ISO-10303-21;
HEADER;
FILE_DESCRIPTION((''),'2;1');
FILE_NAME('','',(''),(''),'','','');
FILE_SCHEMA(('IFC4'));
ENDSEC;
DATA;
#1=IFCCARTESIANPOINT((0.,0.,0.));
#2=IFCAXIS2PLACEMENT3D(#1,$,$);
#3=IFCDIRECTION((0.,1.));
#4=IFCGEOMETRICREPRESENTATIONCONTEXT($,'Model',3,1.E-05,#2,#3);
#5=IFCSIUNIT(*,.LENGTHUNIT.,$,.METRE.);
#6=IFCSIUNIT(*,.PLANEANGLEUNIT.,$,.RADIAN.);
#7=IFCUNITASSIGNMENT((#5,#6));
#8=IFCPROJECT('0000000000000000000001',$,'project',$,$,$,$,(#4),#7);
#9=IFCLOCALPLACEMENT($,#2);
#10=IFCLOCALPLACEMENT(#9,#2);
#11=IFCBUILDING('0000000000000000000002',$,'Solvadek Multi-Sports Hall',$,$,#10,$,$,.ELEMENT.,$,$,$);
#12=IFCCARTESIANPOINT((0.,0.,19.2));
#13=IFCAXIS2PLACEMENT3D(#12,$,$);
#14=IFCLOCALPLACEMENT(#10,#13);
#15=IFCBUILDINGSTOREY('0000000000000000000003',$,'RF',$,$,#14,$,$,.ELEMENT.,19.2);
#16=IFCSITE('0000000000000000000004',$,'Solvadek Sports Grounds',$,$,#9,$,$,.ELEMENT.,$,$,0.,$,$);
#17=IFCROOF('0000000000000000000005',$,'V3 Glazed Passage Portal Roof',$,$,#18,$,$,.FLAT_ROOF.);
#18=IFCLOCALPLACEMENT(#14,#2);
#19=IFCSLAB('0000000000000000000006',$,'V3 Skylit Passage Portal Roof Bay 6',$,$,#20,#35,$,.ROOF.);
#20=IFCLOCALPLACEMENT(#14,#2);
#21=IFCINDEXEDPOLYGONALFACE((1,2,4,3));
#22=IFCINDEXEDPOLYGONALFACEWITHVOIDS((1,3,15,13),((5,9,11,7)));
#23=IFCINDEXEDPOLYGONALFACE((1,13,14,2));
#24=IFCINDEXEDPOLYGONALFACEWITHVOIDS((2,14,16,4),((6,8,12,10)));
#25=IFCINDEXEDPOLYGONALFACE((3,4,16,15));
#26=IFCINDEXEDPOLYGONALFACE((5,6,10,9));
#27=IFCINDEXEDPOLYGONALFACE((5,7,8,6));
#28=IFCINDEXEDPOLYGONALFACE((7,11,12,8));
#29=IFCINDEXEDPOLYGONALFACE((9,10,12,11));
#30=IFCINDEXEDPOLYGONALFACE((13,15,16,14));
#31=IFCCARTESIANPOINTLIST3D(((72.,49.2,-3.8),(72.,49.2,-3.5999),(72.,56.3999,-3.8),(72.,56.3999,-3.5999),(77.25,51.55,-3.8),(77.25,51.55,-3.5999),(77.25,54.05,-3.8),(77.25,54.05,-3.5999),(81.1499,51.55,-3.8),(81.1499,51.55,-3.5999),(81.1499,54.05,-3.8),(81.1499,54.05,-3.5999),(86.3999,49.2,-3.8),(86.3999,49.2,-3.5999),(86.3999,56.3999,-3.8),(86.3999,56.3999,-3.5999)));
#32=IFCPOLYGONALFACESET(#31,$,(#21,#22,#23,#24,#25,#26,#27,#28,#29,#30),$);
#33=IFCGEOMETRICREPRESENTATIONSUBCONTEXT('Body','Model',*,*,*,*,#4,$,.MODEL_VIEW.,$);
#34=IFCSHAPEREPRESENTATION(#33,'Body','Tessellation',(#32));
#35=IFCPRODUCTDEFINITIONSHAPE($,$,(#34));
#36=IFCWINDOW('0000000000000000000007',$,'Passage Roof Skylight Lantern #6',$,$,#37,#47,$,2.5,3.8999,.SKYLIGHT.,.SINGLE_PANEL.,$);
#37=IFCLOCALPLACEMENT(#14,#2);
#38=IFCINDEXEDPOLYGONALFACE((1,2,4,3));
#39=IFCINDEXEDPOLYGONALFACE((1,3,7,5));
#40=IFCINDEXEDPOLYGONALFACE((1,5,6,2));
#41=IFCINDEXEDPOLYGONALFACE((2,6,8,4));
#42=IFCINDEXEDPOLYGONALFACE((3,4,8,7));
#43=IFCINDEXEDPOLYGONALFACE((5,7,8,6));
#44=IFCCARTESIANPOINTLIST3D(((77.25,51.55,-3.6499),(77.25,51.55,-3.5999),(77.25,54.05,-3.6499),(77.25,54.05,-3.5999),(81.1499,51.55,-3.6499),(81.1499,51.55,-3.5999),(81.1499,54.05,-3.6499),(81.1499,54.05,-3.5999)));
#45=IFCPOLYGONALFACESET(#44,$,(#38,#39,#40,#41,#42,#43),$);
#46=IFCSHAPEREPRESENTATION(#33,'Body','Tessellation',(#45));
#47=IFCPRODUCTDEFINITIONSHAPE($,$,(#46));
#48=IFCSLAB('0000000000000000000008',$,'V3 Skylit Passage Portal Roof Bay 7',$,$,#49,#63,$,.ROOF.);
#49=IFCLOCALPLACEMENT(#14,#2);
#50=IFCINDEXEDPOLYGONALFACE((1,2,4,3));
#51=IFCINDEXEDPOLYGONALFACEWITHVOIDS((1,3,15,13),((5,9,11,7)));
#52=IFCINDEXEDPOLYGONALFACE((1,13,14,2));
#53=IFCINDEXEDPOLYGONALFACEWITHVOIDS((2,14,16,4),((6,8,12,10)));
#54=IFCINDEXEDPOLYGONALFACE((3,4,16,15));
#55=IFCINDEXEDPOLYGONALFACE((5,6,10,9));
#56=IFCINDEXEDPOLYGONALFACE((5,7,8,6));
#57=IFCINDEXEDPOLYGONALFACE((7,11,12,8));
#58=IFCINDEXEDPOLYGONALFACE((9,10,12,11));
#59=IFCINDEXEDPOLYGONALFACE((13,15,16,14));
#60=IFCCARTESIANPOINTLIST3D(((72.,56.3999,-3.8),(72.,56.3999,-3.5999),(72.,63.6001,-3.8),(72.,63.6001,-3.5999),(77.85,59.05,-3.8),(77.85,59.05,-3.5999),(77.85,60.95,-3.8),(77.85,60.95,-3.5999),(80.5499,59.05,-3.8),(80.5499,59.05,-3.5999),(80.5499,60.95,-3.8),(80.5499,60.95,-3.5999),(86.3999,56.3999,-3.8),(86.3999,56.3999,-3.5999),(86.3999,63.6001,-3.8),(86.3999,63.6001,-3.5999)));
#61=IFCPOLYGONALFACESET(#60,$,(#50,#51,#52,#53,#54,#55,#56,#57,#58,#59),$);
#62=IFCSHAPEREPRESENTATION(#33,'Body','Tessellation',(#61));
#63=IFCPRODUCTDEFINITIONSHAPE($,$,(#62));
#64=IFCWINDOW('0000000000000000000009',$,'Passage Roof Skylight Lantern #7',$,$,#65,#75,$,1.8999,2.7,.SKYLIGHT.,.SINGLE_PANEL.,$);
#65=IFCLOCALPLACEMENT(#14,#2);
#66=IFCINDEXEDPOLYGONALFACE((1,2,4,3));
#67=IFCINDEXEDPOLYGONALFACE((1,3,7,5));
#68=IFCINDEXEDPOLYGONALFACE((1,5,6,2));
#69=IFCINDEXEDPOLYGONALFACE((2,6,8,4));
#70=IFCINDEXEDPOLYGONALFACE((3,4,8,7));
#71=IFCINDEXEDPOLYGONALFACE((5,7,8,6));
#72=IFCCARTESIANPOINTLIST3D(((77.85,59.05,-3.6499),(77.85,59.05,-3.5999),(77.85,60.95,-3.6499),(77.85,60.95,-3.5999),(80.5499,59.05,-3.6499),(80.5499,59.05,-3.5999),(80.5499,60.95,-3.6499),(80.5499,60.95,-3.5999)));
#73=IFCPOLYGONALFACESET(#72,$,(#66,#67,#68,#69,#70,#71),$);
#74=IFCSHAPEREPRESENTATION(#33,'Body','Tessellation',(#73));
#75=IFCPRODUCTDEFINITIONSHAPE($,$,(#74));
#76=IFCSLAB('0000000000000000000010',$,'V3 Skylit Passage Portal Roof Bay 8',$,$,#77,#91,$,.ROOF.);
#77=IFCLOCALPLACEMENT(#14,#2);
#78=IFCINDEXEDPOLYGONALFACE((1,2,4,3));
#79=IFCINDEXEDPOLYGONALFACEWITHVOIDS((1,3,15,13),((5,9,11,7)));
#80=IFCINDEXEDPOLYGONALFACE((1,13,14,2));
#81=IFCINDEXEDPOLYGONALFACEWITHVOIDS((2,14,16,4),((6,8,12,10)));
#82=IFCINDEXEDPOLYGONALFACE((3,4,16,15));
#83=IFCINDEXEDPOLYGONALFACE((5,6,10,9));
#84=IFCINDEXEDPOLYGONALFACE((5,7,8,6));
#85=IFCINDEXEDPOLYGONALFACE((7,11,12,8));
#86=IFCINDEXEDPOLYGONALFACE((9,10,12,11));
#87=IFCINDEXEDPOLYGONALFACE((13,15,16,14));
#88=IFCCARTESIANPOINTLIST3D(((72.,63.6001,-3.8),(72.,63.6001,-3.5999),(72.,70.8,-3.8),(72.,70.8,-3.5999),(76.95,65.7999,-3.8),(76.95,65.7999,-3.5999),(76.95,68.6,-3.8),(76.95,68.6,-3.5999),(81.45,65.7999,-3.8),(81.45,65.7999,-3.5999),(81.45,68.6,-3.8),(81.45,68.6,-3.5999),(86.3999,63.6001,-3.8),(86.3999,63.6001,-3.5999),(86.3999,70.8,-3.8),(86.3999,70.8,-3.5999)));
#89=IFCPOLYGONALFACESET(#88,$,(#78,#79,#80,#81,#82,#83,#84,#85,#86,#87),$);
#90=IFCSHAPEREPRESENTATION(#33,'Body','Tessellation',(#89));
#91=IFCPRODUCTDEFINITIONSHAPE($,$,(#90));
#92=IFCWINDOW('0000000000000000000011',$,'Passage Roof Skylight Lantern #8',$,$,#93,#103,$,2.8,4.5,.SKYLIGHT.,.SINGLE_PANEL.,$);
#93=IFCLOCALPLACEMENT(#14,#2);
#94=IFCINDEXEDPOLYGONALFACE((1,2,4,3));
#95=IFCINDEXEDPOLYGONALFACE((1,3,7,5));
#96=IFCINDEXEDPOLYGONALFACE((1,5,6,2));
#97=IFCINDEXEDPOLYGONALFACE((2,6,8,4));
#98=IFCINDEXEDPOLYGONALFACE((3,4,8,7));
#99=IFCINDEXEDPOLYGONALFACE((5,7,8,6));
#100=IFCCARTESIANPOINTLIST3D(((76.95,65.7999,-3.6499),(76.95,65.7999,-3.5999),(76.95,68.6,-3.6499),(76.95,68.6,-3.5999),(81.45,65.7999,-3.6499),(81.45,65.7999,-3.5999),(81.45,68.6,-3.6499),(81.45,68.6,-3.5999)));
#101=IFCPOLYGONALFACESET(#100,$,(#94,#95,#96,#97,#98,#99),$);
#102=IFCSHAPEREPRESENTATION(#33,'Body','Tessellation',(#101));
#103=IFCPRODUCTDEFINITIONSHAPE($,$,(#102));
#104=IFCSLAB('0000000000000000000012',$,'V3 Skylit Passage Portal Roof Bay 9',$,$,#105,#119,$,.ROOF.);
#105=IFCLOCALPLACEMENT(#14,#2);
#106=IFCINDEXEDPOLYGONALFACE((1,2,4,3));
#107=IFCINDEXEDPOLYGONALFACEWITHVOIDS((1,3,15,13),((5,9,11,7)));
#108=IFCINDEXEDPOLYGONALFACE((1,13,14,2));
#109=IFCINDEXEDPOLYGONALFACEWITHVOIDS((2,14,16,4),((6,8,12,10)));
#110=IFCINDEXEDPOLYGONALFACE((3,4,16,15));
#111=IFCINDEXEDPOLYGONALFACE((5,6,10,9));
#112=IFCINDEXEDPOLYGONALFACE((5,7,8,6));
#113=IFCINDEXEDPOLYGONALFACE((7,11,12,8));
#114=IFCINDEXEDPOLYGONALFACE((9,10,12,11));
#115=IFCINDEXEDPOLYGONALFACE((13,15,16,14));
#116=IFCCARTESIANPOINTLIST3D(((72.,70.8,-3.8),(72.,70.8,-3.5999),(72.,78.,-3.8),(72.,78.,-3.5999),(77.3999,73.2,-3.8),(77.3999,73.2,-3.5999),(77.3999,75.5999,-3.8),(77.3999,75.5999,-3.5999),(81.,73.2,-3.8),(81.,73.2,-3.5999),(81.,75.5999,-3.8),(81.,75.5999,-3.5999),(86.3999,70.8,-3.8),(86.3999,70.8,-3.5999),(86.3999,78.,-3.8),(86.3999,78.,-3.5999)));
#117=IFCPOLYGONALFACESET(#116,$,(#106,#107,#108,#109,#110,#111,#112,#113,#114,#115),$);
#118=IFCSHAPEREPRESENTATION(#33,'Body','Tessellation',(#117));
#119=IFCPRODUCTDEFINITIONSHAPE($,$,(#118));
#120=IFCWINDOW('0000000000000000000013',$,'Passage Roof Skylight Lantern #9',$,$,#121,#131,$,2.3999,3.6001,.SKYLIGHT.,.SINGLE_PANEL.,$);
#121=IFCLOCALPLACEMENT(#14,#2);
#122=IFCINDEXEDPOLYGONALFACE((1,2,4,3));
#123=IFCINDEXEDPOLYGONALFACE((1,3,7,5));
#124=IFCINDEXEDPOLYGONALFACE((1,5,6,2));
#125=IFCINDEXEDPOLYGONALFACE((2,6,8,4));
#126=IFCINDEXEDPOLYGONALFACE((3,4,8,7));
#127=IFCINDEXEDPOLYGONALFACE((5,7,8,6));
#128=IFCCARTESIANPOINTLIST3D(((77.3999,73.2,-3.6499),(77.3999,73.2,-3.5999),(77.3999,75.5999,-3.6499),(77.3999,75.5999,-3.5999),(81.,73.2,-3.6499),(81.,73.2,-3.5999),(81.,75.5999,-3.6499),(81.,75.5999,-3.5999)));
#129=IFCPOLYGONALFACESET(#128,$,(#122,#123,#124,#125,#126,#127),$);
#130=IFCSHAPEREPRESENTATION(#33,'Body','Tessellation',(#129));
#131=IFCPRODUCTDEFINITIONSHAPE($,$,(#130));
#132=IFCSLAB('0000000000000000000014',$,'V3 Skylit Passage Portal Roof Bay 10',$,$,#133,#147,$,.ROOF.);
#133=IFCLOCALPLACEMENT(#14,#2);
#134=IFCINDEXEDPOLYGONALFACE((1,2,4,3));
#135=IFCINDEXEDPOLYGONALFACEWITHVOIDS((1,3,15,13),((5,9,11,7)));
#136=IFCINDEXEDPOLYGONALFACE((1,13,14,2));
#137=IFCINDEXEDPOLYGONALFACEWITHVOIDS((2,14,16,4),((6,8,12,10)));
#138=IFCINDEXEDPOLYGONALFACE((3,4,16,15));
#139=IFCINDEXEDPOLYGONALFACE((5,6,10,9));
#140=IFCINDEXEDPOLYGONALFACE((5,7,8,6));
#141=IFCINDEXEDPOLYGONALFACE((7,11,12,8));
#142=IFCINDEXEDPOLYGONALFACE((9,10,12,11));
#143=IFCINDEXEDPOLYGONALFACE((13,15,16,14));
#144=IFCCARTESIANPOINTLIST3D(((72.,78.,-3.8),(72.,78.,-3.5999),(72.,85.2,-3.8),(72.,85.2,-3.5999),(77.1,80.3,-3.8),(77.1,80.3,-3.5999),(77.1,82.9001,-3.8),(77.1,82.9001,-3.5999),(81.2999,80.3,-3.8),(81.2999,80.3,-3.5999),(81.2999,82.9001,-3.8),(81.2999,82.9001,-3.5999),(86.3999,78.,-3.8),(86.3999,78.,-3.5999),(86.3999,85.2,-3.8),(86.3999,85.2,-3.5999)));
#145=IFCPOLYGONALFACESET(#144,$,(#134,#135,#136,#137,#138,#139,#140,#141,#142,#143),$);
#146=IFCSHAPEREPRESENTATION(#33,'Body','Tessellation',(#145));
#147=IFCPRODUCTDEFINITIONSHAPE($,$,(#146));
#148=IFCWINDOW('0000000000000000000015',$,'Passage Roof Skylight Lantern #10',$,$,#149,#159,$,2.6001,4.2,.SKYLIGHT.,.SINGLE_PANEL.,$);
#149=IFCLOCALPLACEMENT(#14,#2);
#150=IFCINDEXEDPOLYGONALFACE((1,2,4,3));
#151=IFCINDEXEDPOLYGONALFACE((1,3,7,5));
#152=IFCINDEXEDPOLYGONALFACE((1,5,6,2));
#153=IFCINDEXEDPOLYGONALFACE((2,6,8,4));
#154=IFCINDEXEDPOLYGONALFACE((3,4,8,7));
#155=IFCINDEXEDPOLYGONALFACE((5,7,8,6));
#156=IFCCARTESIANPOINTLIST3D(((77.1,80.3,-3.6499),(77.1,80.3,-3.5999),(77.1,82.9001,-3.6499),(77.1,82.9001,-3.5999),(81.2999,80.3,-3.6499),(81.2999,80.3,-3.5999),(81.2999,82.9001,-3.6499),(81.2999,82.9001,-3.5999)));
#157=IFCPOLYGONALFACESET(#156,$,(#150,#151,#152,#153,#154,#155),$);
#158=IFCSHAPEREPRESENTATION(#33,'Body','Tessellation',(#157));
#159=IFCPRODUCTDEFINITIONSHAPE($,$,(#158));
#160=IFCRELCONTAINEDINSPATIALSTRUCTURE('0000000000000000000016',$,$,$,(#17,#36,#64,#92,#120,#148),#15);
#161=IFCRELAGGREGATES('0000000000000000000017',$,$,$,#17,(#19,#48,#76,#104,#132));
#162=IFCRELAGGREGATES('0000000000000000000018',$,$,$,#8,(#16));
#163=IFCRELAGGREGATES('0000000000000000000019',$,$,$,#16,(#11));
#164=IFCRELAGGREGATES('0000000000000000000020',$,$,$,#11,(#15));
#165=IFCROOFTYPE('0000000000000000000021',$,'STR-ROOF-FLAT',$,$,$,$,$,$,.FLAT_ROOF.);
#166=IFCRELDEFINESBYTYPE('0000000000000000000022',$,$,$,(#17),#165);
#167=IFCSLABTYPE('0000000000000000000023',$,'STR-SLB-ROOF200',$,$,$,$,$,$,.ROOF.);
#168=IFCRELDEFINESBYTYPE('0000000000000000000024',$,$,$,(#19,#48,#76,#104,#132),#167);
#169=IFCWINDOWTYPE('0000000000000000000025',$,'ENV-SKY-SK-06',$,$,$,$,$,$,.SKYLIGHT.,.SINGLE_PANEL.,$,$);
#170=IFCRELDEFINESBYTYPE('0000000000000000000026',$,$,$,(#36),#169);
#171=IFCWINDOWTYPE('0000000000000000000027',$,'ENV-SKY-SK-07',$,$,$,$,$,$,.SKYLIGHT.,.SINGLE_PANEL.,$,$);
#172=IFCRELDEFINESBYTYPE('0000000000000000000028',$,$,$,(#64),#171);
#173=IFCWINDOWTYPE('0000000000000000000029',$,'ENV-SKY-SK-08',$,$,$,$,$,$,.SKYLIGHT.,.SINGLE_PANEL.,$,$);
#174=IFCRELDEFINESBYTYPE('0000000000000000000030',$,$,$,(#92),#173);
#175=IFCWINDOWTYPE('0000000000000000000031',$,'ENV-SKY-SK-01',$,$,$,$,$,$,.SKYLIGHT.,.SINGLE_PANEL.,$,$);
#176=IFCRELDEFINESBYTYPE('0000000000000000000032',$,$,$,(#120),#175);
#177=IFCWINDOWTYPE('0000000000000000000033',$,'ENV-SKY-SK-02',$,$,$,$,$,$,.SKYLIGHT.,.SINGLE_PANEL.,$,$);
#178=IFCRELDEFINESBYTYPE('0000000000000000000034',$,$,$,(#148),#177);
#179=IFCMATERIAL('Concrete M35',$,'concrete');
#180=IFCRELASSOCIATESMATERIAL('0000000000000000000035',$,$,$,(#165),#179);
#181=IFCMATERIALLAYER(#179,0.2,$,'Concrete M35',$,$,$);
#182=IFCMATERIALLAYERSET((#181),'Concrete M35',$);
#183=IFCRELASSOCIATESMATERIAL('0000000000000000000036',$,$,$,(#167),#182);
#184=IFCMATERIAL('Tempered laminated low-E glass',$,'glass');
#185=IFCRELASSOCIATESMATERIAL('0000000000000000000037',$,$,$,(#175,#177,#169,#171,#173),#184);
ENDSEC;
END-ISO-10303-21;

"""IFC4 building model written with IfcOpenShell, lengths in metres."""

from ifc_helpers import new_model, si_unit, direction, frame, origin, origin_2d, place, context, subcontext, project, spatial, polyline, rectangle, outline, extrude, material, layer, layer_set, type_object, element, fill, aggregate, save


model = new_model("IFC4")

# Units and contexts
model_context = context("Model", 3, precision=1e-05, world=origin(), true_north=direction((0.0, 1.0)))
body_context = subcontext(model_context, "Body", "Model", "MODEL_VIEW")
ifc_project = project(units=[si_unit("LENGTHUNIT", "METRE"), si_unit("PLANEANGLEUNIT", "RADIAN")], contexts=[model_context])

# Site, building, storey
site_placement = place(None, origin())
site = spatial("IfcSite", under=ifc_project, at=site_placement, Name="Solvadek Sports Grounds", CompositionType="ELEMENT", RefElevation=0.0)
building_placement = place(site_placement, origin())
building = spatial("IfcBuilding", under=site, at=building_placement, Name="Solvadek Multi-Sports Hall", CompositionType="ELEMENT")
storey_placement = place(building_placement, frame((0.0, 0.0, 19.2)))
storey = spatial("IfcBuildingStorey", under=building, at=storey_placement, Name="RF", CompositionType="ELEMENT", Elevation=19.2)

# Roof, slabs, openings, windows
ifc_material_1 = material(Name="Concrete M35", Category="concrete")
roof_type = type_object("IfcRoofType", Name="STR-ROOF-FLAT", PredefinedType="FLAT_ROOF", material=ifc_material_1)
roof_placement = place(storey_placement, origin())
roof = element("IfcRoof", 1, at=roof_placement, inside=storey, type_object=roof_type, Name="V3 Glazed Passage Portal Roof", PredefinedType="FLAT_ROOF")
ifc_layer_1 = layer(ifc_material_1, 0.2, Name="Concrete M35")
ifc_layer_set_1 = layer_set([ifc_layer_1], Name="Concrete M35")
slab_type = type_object("IfcSlabType", Name="STR-SLB-ROOF200", PredefinedType="ROOF", material=ifc_layer_set_1)
ifc_material_2 = material(Name="Tempered laminated low-E glass", Category="glass")
window_type_1 = type_object("IfcWindowType", Name="ENV-SKY-SK-01", PartitioningType="SINGLE_PANEL", PredefinedType="SKYLIGHT", material=ifc_material_2)
window_type_2 = type_object("IfcWindowType", Name="ENV-SKY-SK-02", PartitioningType="SINGLE_PANEL", PredefinedType="SKYLIGHT", material=ifc_material_2)
slab_1_placement = place(storey_placement, frame((0.0, 0.0, -3.8)))
slab_1 = element("IfcSlab", 2, at=slab_1_placement, type_object=slab_type, Name="V3 Skylit Passage Portal Roof Bay 6", PredefinedType="ROOF", context=body_context, shape_type="SweptSolid", body=[
    extrude(outline(polyline([(72.0, 49.2), (86.3999, 49.2), (86.3999, 56.3999), (72.0, 56.3999), (72.0, 49.2)])), origin(), (0.0, 0.0, 1.0), 0.2002),
])
opening_1_placement = place(slab_1_placement, frame((79.2, 52.8, 0.0)))
opening_1 = element("IfcOpeningElement", 3, at=opening_1_placement, cuts=slab_1, PredefinedType="OPENING", context=body_context, shape_type="SweptSolid", body=[
    extrude(rectangle(XDim=3.8999, YDim=2.5, at=origin_2d()), frame((0.0, 0.0, -0.02)), (0.0, 0.0, 1.0), 0.2402),
])
window_type_3 = type_object("IfcWindowType", Name="ENV-SKY-SK-06", PartitioningType="SINGLE_PANEL", PredefinedType="SKYLIGHT", material=ifc_material_2)
window_1_placement = place(opening_1_placement, frame((0.0, 0.0, 0.1501)))
window_1 = element("IfcWindow", 4, at=window_1_placement, inside=storey, type_object=window_type_3, Name="Passage Roof Skylight Lantern #6", OverallHeight=2.5, OverallWidth=3.8999, PartitioningType="SINGLE_PANEL", PredefinedType="SKYLIGHT", context=body_context, shape_type="SweptSolid", body=[
    extrude(rectangle(XDim=3.8999, YDim=2.5, at=origin_2d()), origin(), (0.0, 0.0, 1.0), 0.05),
])
fill(opening_1, window_1)
slab_2_placement = place(storey_placement, frame((0.0, 0.0, -3.8)))
slab_2 = element("IfcSlab", 5, at=slab_2_placement, type_object=slab_type, Name="V3 Skylit Passage Portal Roof Bay 7", PredefinedType="ROOF", context=body_context, shape_type="SweptSolid", body=[
    extrude(outline(polyline([(72.0, 56.3999), (86.3999, 56.3999), (86.3999, 63.6001), (72.0, 63.6001), (72.0, 56.3999)])), origin(), (0.0, 0.0, 1.0), 0.2002),
])
opening_2_placement = place(slab_2_placement, frame((79.2, 60.0, 0.0)))
opening_2 = element("IfcOpeningElement", 6, at=opening_2_placement, cuts=slab_2, PredefinedType="OPENING", context=body_context, shape_type="SweptSolid", body=[
    extrude(rectangle(XDim=2.7, YDim=1.8999, at=origin_2d()), frame((0.0, 0.0, -0.02)), (0.0, 0.0, 1.0), 0.2402),
])
window_type_4 = type_object("IfcWindowType", Name="ENV-SKY-SK-07", PartitioningType="SINGLE_PANEL", PredefinedType="SKYLIGHT", material=ifc_material_2)
window_2_placement = place(opening_2_placement, frame((0.0, 0.0, 0.1501)))
window_2 = element("IfcWindow", 7, at=window_2_placement, inside=storey, type_object=window_type_4, Name="Passage Roof Skylight Lantern #7", OverallHeight=1.8999, OverallWidth=2.7, PartitioningType="SINGLE_PANEL", PredefinedType="SKYLIGHT", context=body_context, shape_type="SweptSolid", body=[
    extrude(rectangle(XDim=2.7, YDim=1.8999, at=origin_2d()), origin(), (0.0, 0.0, 1.0), 0.05),
])
fill(opening_2, window_2)
slab_3_placement = place(storey_placement, frame((0.0, 0.0, -3.8)))
slab_3 = element("IfcSlab", 8, at=slab_3_placement, type_object=slab_type, Name="V3 Skylit Passage Portal Roof Bay 8", PredefinedType="ROOF", context=body_context, shape_type="SweptSolid", body=[
    extrude(outline(polyline([(72.0, 63.6001), (86.3999, 63.6001), (86.3999, 70.8), (72.0, 70.8), (72.0, 63.6001)])), origin(), (0.0, 0.0, 1.0), 0.2002),
])
opening_3_placement = place(slab_3_placement, frame((79.2, 67.2, 0.0)))
opening_3 = element("IfcOpeningElement", 9, at=opening_3_placement, cuts=slab_3, PredefinedType="OPENING", context=body_context, shape_type="SweptSolid", body=[
    extrude(rectangle(XDim=4.5, YDim=2.8, at=origin_2d()), frame((0.0, 0.0, -0.02)), (0.0, 0.0, 1.0), 0.2402),
])
window_type_5 = type_object("IfcWindowType", Name="ENV-SKY-SK-08", PartitioningType="SINGLE_PANEL", PredefinedType="SKYLIGHT", material=ifc_material_2)
window_3_placement = place(opening_3_placement, frame((0.0, 0.0, 0.1501)))
window_3 = element("IfcWindow", 10, at=window_3_placement, inside=storey, type_object=window_type_5, Name="Passage Roof Skylight Lantern #8", OverallHeight=2.8, OverallWidth=4.5, PartitioningType="SINGLE_PANEL", PredefinedType="SKYLIGHT", context=body_context, shape_type="SweptSolid", body=[
    extrude(rectangle(XDim=4.5, YDim=2.8, at=origin_2d()), origin(), (0.0, 0.0, 1.0), 0.05),
])
fill(opening_3, window_3)
slab_4_placement = place(storey_placement, frame((0.0, 0.0, -3.8)))
slab_4 = element("IfcSlab", 11, at=slab_4_placement, type_object=slab_type, Name="V3 Skylit Passage Portal Roof Bay 9", PredefinedType="ROOF", context=body_context, shape_type="SweptSolid", body=[
    extrude(outline(polyline([(72.0, 70.8), (86.3999, 70.8), (86.3999, 78.0), (72.0, 78.0), (72.0, 70.8)])), origin(), (0.0, 0.0, 1.0), 0.2002),
])
opening_4_placement = place(slab_4_placement, frame((79.2, 74.3999, 0.0)))
opening_4 = element("IfcOpeningElement", 12, at=opening_4_placement, cuts=slab_4, PredefinedType="OPENING", context=body_context, shape_type="SweptSolid", body=[
    extrude(rectangle(XDim=3.6001, YDim=2.3999, at=origin_2d()), frame((0.0, 0.0, -0.02)), (0.0, 0.0, 1.0), 0.2402),
])
window_4_placement = place(opening_4_placement, frame((0.0, 0.0, 0.1501)))
window_4 = element("IfcWindow", 13, at=window_4_placement, inside=storey, type_object=window_type_1, Name="Passage Roof Skylight Lantern #9", OverallHeight=2.3999, OverallWidth=3.6001, PartitioningType="SINGLE_PANEL", PredefinedType="SKYLIGHT", context=body_context, shape_type="SweptSolid", body=[
    extrude(rectangle(XDim=3.6001, YDim=2.3999, at=origin_2d()), origin(), (0.0, 0.0, 1.0), 0.05),
])
fill(opening_4, window_4)
slab_5_placement = place(storey_placement, frame((0.0, 0.0, -3.8)))
slab_5 = element("IfcSlab", 14, at=slab_5_placement, type_object=slab_type, Name="V3 Skylit Passage Portal Roof Bay 10", PredefinedType="ROOF", context=body_context, shape_type="SweptSolid", body=[
    extrude(outline(polyline([(72.0, 78.0), (86.3999, 78.0), (86.3999, 85.2), (72.0, 85.2), (72.0, 78.0)])), origin(), (0.0, 0.0, 1.0), 0.2002),
])
opening_5_placement = place(slab_5_placement, frame((79.2, 81.6001, 0.0)))
opening_5 = element("IfcOpeningElement", 15, at=opening_5_placement, cuts=slab_5, PredefinedType="OPENING", context=body_context, shape_type="SweptSolid", body=[
    extrude(rectangle(XDim=4.2, YDim=2.6001, at=origin_2d()), frame((0.0, 0.0, -0.02)), (0.0, 0.0, 1.0), 0.2402),
])
window_5_placement = place(opening_5_placement, frame((0.0, 0.0, 0.1501)))
window_5 = element("IfcWindow", 16, at=window_5_placement, inside=storey, type_object=window_type_2, Name="Passage Roof Skylight Lantern #10", OverallHeight=2.6001, OverallWidth=4.2, PartitioningType="SINGLE_PANEL", PredefinedType="SKYLIGHT", context=body_context, shape_type="SweptSolid", body=[
    extrude(rectangle(XDim=4.2, YDim=2.6001, at=origin_2d()), origin(), (0.0, 0.0, 1.0), 0.05),
])
fill(opening_5, window_5)
aggregate(roof, [slab_1, slab_2, slab_3, slab_4, slab_5])

save(model, "model.ifc")
